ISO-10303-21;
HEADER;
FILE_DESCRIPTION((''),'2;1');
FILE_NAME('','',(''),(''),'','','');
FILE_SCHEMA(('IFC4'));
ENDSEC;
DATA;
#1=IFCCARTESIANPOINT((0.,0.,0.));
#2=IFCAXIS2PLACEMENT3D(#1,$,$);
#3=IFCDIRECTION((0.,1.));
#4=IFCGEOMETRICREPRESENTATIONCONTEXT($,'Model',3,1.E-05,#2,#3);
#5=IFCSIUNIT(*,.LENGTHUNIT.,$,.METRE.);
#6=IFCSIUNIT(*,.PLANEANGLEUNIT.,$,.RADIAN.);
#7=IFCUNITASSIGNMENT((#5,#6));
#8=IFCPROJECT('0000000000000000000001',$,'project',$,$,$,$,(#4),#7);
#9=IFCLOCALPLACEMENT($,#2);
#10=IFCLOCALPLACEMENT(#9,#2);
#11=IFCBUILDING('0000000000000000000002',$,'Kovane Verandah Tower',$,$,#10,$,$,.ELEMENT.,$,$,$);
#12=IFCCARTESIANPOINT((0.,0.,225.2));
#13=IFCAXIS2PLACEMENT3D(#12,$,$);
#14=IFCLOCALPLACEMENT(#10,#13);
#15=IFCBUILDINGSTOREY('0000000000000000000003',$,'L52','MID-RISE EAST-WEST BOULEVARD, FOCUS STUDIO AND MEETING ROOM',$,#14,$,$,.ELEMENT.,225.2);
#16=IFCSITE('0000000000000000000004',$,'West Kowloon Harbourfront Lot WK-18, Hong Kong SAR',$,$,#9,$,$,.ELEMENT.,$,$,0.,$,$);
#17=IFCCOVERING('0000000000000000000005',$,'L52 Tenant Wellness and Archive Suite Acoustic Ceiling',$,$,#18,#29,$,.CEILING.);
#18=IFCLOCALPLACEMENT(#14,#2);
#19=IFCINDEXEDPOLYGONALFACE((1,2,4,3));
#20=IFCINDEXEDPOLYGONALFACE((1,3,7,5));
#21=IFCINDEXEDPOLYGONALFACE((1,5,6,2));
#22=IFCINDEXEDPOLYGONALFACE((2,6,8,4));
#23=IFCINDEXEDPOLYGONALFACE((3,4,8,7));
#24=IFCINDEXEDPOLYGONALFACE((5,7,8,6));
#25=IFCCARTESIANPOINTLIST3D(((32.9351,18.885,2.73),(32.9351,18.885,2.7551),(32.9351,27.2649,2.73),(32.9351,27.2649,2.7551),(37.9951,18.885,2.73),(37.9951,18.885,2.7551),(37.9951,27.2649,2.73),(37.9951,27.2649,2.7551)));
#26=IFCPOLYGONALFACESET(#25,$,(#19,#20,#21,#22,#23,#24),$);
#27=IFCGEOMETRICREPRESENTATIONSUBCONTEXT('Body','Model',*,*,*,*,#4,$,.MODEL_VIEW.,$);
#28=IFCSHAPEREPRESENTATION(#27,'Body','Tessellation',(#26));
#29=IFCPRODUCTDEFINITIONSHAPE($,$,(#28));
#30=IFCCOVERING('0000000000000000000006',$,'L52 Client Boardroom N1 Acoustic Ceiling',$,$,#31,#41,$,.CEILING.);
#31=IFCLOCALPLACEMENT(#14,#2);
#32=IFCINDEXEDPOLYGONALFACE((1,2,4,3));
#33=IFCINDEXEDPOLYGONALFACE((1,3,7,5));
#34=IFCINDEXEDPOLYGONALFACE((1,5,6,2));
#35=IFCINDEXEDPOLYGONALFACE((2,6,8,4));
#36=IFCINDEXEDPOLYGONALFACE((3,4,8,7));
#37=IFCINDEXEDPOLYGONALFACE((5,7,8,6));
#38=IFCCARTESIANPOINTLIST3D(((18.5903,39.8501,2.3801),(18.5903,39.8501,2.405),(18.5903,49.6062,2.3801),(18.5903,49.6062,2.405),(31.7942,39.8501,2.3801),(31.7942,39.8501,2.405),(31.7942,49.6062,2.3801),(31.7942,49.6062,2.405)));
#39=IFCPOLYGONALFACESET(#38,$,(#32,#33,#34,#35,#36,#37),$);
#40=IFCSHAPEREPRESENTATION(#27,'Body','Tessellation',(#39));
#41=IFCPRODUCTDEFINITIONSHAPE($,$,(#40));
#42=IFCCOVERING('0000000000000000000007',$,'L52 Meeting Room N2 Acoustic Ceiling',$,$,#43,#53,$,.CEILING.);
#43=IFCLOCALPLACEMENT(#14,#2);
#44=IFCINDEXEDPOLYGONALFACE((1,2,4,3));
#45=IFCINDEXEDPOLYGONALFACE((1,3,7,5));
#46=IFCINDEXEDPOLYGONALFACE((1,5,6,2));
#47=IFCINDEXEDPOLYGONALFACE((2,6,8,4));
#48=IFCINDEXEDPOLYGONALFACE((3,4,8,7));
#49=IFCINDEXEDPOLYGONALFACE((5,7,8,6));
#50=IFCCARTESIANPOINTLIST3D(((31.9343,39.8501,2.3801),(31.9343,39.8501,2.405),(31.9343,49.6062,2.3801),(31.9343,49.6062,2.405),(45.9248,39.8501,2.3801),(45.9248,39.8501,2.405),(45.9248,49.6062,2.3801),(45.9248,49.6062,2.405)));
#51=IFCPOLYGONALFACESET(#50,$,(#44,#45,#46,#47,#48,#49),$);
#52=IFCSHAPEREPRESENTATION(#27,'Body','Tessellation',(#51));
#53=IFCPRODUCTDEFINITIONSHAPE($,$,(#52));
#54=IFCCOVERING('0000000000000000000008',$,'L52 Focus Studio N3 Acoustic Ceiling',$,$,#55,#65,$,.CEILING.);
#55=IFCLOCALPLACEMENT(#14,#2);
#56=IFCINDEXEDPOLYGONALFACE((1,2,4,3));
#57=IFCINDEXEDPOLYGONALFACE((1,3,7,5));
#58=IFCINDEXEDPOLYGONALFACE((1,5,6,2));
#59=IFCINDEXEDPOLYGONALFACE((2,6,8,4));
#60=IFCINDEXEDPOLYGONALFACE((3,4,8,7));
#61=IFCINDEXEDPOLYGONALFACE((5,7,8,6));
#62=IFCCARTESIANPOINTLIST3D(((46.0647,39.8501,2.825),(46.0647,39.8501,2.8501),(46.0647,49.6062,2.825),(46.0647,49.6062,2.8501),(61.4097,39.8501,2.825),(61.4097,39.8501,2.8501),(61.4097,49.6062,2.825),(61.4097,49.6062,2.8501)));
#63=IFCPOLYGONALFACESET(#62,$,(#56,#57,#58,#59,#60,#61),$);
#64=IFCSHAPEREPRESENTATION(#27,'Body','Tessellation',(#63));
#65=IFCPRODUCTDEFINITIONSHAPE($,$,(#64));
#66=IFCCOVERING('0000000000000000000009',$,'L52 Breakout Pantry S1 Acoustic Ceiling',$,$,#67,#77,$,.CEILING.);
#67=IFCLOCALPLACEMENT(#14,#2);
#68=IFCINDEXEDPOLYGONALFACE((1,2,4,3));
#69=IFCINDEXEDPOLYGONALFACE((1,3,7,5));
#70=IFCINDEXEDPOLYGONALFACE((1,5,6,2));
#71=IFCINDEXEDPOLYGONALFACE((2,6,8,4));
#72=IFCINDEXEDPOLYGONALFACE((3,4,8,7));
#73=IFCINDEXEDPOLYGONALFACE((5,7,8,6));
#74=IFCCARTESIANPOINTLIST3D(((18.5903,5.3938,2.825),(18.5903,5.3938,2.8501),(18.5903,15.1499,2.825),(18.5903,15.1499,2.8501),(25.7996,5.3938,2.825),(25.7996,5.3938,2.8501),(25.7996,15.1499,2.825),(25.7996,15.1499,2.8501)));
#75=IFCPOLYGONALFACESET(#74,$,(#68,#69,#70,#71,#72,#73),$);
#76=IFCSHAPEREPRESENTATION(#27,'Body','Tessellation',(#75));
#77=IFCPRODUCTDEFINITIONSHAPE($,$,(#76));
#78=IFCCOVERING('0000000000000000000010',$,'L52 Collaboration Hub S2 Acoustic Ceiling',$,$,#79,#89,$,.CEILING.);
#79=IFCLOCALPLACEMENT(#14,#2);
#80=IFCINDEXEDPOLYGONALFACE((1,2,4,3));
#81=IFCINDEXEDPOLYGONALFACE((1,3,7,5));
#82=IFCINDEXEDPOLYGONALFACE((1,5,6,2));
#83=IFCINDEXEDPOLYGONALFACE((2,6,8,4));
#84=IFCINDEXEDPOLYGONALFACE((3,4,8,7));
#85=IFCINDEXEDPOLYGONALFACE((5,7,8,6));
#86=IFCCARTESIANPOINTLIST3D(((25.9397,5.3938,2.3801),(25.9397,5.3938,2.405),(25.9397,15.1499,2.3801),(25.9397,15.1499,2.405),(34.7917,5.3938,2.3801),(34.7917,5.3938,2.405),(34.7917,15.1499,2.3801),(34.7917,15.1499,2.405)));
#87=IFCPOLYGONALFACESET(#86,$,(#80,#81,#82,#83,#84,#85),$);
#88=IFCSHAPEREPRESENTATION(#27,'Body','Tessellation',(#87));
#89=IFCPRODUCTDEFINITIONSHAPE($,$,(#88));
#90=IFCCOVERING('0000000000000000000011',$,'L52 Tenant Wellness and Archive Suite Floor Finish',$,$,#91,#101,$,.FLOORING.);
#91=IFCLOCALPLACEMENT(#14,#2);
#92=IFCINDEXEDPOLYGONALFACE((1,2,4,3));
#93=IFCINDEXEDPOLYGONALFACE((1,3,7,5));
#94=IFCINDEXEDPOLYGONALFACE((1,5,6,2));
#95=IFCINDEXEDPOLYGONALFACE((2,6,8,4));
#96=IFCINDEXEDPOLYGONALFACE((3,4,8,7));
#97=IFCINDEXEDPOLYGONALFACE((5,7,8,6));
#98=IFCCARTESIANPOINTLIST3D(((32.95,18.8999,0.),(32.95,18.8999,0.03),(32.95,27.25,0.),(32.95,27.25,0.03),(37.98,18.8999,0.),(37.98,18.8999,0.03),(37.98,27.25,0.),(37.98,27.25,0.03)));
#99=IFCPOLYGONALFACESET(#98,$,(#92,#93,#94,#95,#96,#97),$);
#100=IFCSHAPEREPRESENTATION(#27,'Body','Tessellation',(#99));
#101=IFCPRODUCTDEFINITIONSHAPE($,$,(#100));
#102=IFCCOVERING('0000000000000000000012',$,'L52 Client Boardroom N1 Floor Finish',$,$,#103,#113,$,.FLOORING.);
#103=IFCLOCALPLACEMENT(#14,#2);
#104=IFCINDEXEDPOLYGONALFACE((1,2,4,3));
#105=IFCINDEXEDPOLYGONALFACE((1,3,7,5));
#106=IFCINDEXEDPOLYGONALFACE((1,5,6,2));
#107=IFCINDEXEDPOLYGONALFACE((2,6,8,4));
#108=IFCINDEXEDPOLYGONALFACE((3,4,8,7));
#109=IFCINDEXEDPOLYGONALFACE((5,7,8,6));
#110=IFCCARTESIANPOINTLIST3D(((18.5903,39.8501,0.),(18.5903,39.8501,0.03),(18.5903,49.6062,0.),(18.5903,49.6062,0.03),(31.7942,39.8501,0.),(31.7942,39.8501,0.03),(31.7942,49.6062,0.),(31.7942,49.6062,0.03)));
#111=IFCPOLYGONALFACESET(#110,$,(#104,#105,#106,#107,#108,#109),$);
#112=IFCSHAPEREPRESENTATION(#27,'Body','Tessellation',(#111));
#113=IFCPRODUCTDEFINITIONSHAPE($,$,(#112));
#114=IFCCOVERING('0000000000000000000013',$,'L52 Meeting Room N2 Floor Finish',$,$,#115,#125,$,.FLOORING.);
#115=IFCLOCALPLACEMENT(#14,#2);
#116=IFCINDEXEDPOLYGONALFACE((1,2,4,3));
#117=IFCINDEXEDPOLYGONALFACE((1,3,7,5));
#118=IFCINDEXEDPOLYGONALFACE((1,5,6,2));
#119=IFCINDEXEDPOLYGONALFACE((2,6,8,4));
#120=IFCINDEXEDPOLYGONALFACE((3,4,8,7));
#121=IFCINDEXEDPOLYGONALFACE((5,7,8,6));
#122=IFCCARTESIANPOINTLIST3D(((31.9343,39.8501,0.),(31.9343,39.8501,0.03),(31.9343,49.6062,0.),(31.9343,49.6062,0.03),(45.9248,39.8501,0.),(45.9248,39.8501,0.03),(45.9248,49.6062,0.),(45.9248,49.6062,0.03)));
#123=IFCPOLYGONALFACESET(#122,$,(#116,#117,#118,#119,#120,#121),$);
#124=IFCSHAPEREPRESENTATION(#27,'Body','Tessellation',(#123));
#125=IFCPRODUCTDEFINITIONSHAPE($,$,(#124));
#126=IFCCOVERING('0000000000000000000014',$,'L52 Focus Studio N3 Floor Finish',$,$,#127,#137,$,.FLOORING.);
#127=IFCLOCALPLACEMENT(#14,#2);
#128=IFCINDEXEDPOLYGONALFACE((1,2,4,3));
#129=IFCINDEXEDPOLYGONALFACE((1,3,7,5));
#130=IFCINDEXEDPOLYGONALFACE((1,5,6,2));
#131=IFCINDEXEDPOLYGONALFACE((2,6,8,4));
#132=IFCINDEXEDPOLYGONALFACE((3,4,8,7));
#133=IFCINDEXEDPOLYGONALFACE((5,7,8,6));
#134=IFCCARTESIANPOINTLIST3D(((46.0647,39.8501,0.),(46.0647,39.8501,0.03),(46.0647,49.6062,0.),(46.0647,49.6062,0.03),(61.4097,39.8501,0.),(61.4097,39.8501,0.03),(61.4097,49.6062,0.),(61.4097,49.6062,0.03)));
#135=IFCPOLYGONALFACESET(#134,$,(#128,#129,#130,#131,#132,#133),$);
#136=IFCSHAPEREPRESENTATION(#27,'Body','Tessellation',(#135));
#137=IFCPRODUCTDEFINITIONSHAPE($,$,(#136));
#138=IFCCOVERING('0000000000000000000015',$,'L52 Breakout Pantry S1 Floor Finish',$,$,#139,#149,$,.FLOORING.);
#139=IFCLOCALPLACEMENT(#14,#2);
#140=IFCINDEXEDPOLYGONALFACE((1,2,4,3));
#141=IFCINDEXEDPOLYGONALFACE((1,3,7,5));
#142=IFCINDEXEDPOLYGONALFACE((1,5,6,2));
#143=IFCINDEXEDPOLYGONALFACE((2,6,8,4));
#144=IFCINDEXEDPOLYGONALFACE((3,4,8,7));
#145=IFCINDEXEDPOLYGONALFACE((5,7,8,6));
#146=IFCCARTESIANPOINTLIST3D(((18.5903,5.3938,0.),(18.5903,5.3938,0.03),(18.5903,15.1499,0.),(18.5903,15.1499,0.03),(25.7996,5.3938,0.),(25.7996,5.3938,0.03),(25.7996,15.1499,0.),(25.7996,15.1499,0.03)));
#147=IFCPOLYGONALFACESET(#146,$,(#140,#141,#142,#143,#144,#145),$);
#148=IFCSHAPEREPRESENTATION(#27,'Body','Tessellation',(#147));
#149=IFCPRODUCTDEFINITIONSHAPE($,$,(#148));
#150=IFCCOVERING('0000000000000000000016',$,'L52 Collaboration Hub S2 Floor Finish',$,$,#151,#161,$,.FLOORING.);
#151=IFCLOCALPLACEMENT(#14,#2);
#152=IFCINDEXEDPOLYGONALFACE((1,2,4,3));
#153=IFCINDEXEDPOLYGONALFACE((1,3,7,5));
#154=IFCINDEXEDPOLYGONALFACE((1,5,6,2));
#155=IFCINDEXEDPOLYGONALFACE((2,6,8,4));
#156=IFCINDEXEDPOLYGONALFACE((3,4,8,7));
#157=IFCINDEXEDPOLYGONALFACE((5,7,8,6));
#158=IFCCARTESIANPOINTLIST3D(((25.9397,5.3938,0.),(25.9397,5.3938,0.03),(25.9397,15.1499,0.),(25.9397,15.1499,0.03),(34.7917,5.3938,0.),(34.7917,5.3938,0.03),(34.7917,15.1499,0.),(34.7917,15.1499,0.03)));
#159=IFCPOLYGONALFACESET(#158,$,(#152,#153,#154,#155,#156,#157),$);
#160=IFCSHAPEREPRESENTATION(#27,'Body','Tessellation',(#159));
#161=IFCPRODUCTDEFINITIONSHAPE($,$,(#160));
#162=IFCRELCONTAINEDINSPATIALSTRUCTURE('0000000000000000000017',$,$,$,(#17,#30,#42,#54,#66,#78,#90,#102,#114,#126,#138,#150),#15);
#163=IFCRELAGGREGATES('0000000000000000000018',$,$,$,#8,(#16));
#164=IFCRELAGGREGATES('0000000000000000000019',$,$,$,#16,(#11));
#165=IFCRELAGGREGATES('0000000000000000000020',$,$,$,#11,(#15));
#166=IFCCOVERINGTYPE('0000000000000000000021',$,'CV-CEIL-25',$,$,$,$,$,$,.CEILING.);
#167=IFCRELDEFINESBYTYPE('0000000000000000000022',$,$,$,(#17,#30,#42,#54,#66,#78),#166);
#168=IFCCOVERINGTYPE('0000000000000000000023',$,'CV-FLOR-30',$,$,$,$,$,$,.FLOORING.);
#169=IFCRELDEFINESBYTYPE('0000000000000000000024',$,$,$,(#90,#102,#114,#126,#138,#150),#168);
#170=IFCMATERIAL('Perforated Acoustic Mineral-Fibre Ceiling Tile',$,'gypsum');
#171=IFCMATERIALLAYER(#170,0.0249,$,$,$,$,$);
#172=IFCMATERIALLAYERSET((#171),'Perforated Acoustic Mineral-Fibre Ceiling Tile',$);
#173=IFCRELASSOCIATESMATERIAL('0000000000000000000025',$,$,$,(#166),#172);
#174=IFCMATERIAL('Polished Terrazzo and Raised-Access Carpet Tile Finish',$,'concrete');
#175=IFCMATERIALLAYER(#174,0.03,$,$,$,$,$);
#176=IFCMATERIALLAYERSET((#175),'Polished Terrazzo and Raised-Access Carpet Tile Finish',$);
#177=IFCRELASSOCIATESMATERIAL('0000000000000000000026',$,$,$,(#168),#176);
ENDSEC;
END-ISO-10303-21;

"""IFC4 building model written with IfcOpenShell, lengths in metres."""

from ifc_helpers import new_model, si_unit, direction, frame, origin, place, context, subcontext, project, spatial, polyline, outline, extrude, material, layer, layer_set, type_object, element, save


model = new_model("IFC4")

# Units and contexts
model_context = context("Model", 3, precision=1e-05, world=origin(), true_north=direction((0.0, 1.0)))
body_context = subcontext(model_context, "Body", "Model", "MODEL_VIEW")
ifc_project = project(units=[si_unit("LENGTHUNIT", "METRE"), si_unit("PLANEANGLEUNIT", "RADIAN")], contexts=[model_context])

# Site, building, storey
site_placement = place(None, origin())
site = spatial("IfcSite", under=ifc_project, at=site_placement, Name="West Kowloon Harbourfront Lot WK-18, Hong Kong SAR", CompositionType="ELEMENT", RefElevation=0.0)
building_placement = place(site_placement, origin())
building = spatial("IfcBuilding", under=site, at=building_placement, Name="Kovane Verandah Tower", CompositionType="ELEMENT")
storey_placement = place(building_placement, frame((0.0, 0.0, 225.2)))
storey = spatial("IfcBuildingStorey", under=building, at=storey_placement, Name="L52", Description="MID-RISE EAST-WEST BOULEVARD, FOCUS STUDIO AND MEETING ROOM", CompositionType="ELEMENT", Elevation=225.2)

# Coverings
ifc_material_1 = material(Name="Perforated Acoustic Mineral-Fibre Ceiling Tile", Category="gypsum")
ifc_layer_1 = layer(ifc_material_1, 0.0249)
ifc_layer_set_1 = layer_set([ifc_layer_1], Name="Perforated Acoustic Mineral-Fibre Ceiling Tile")
covering_type_1 = type_object("IfcCoveringType", Name="CV-CEIL-25", PredefinedType="CEILING", material=ifc_layer_set_1)
covering_1_placement = place(storey_placement, frame((0.0, 0.0, 2.73)))
element("IfcCovering", 1, at=covering_1_placement, inside=storey, type_object=covering_type_1, Name="L52 Tenant Wellness and Archive Suite Acoustic Ceiling", PredefinedType="CEILING", context=body_context, shape_type="SweptSolid", body=[
    extrude(outline(polyline([(32.9351, 18.885), (37.9951, 18.885), (37.9951, 27.2649), (32.9351, 27.2649), (32.9351, 18.885)])), origin(), (0.0, 0.0, 1.0), 0.0251),
])
covering_2_placement = place(storey_placement, frame((0.0, 0.0, 2.3801)))
element("IfcCovering", 2, at=covering_2_placement, inside=storey, type_object=covering_type_1, Name="L52 Client Boardroom N1 Acoustic Ceiling", PredefinedType="CEILING", context=body_context, shape_type="SweptSolid", body=[
    extrude(outline(polyline([(18.5903, 39.8501), (31.7942, 39.8501), (31.7942, 49.6062), (18.5903, 49.6062), (18.5903, 39.8501)])), origin(), (0.0, 0.0, 1.0), 0.0249),
])
covering_3_placement = place(storey_placement, frame((0.0, 0.0, 2.3801)))
element("IfcCovering", 3, at=covering_3_placement, inside=storey, type_object=covering_type_1, Name="L52 Meeting Room N2 Acoustic Ceiling", PredefinedType="CEILING", context=body_context, shape_type="SweptSolid", body=[
    extrude(outline(polyline([(31.9343, 39.8501), (45.9248, 39.8501), (45.9248, 49.6062), (31.9343, 49.6062), (31.9343, 39.8501)])), origin(), (0.0, 0.0, 1.0), 0.0249),
])
covering_4_placement = place(storey_placement, frame((0.0, 0.0, 2.825)))
element("IfcCovering", 4, at=covering_4_placement, inside=storey, type_object=covering_type_1, Name="L52 Focus Studio N3 Acoustic Ceiling", PredefinedType="CEILING", context=body_context, shape_type="SweptSolid", body=[
    extrude(outline(polyline([(46.0647, 39.8501), (61.4097, 39.8501), (61.4097, 49.6062), (46.0647, 49.6062), (46.0647, 39.8501)])), origin(), (0.0, 0.0, 1.0), 0.0251),
])
covering_5_placement = place(storey_placement, frame((0.0, 0.0, 2.825)))
element("IfcCovering", 5, at=covering_5_placement, inside=storey, type_object=covering_type_1, Name="L52 Breakout Pantry S1 Acoustic Ceiling", PredefinedType="CEILING", context=body_context, shape_type="SweptSolid", body=[
    extrude(outline(polyline([(18.5903, 5.3938), (25.7996, 5.3938), (25.7996, 15.1499), (18.5903, 15.1499), (18.5903, 5.3938)])), origin(), (0.0, 0.0, 1.0), 0.0251),
])
covering_6_placement = place(storey_placement, frame((0.0, 0.0, 2.3801)))
element("IfcCovering", 6, at=covering_6_placement, inside=storey, type_object=covering_type_1, Name="L52 Collaboration Hub S2 Acoustic Ceiling", PredefinedType="CEILING", context=body_context, shape_type="SweptSolid", body=[
    extrude(outline(polyline([(25.9397, 5.3938), (34.7917, 5.3938), (34.7917, 15.1499), (25.9397, 15.1499), (25.9397, 5.3938)])), origin(), (0.0, 0.0, 1.0), 0.0249),
])
ifc_material_2 = material(Name="Polished Terrazzo and Raised-Access Carpet Tile Finish", Category="concrete")
ifc_layer_2 = layer(ifc_material_2, 0.03)
ifc_layer_set_2 = layer_set([ifc_layer_2], Name="Polished Terrazzo and Raised-Access Carpet Tile Finish")
covering_type_2 = type_object("IfcCoveringType", Name="CV-FLOR-30", PredefinedType="FLOORING", material=ifc_layer_set_2)
covering_7_placement = place(storey_placement, origin())
element("IfcCovering", 7, at=covering_7_placement, inside=storey, type_object=covering_type_2, Name="L52 Tenant Wellness and Archive Suite Floor Finish", PredefinedType="FLOORING", context=body_context, shape_type="SweptSolid", body=[
    extrude(outline(polyline([(32.95, 18.8999), (37.98, 18.8999), (37.98, 27.25), (32.95, 27.25), (32.95, 18.8999)])), origin(), (0.0, 0.0, 1.0), 0.03),
])
covering_8_placement = place(storey_placement, origin())
element("IfcCovering", 8, at=covering_8_placement, inside=storey, type_object=covering_type_2, Name="L52 Client Boardroom N1 Floor Finish", PredefinedType="FLOORING", context=body_context, shape_type="SweptSolid", body=[
    extrude(outline(polyline([(18.5903, 39.8501), (31.7942, 39.8501), (31.7942, 49.6062), (18.5903, 49.6062), (18.5903, 39.8501)])), origin(), (0.0, 0.0, 1.0), 0.03),
])
covering_9_placement = place(storey_placement, origin())
element("IfcCovering", 9, at=covering_9_placement, inside=storey, type_object=covering_type_2, Name="L52 Meeting Room N2 Floor Finish", PredefinedType="FLOORING", context=body_context, shape_type="SweptSolid", body=[
    extrude(outline(polyline([(31.9343, 39.8501), (45.9248, 39.8501), (45.9248, 49.6062), (31.9343, 49.6062), (31.9343, 39.8501)])), origin(), (0.0, 0.0, 1.0), 0.03),
])
covering_10_placement = place(storey_placement, origin())
element("IfcCovering", 10, at=covering_10_placement, inside=storey, type_object=covering_type_2, Name="L52 Focus Studio N3 Floor Finish", PredefinedType="FLOORING", context=body_context, shape_type="SweptSolid", body=[
    extrude(outline(polyline([(46.0647, 39.8501), (61.4097, 39.8501), (61.4097, 49.6062), (46.0647, 49.6062), (46.0647, 39.8501)])), origin(), (0.0, 0.0, 1.0), 0.03),
])
covering_11_placement = place(storey_placement, origin())
element("IfcCovering", 11, at=covering_11_placement, inside=storey, type_object=covering_type_2, Name="L52 Breakout Pantry S1 Floor Finish", PredefinedType="FLOORING", context=body_context, shape_type="SweptSolid", body=[
    extrude(outline(polyline([(18.5903, 5.3938), (25.7996, 5.3938), (25.7996, 15.1499), (18.5903, 15.1499), (18.5903, 5.3938)])), origin(), (0.0, 0.0, 1.0), 0.03),
])
covering_12_placement = place(storey_placement, origin())
element("IfcCovering", 12, at=covering_12_placement, inside=storey, type_object=covering_type_2, Name="L52 Collaboration Hub S2 Floor Finish", PredefinedType="FLOORING", context=body_context, shape_type="SweptSolid", body=[
    extrude(outline(polyline([(25.9397, 5.3938), (34.7917, 5.3938), (34.7917, 15.1499), (25.9397, 15.1499), (25.9397, 5.3938)])), origin(), (0.0, 0.0, 1.0), 0.03),
])

save(model, "model.ifc")
